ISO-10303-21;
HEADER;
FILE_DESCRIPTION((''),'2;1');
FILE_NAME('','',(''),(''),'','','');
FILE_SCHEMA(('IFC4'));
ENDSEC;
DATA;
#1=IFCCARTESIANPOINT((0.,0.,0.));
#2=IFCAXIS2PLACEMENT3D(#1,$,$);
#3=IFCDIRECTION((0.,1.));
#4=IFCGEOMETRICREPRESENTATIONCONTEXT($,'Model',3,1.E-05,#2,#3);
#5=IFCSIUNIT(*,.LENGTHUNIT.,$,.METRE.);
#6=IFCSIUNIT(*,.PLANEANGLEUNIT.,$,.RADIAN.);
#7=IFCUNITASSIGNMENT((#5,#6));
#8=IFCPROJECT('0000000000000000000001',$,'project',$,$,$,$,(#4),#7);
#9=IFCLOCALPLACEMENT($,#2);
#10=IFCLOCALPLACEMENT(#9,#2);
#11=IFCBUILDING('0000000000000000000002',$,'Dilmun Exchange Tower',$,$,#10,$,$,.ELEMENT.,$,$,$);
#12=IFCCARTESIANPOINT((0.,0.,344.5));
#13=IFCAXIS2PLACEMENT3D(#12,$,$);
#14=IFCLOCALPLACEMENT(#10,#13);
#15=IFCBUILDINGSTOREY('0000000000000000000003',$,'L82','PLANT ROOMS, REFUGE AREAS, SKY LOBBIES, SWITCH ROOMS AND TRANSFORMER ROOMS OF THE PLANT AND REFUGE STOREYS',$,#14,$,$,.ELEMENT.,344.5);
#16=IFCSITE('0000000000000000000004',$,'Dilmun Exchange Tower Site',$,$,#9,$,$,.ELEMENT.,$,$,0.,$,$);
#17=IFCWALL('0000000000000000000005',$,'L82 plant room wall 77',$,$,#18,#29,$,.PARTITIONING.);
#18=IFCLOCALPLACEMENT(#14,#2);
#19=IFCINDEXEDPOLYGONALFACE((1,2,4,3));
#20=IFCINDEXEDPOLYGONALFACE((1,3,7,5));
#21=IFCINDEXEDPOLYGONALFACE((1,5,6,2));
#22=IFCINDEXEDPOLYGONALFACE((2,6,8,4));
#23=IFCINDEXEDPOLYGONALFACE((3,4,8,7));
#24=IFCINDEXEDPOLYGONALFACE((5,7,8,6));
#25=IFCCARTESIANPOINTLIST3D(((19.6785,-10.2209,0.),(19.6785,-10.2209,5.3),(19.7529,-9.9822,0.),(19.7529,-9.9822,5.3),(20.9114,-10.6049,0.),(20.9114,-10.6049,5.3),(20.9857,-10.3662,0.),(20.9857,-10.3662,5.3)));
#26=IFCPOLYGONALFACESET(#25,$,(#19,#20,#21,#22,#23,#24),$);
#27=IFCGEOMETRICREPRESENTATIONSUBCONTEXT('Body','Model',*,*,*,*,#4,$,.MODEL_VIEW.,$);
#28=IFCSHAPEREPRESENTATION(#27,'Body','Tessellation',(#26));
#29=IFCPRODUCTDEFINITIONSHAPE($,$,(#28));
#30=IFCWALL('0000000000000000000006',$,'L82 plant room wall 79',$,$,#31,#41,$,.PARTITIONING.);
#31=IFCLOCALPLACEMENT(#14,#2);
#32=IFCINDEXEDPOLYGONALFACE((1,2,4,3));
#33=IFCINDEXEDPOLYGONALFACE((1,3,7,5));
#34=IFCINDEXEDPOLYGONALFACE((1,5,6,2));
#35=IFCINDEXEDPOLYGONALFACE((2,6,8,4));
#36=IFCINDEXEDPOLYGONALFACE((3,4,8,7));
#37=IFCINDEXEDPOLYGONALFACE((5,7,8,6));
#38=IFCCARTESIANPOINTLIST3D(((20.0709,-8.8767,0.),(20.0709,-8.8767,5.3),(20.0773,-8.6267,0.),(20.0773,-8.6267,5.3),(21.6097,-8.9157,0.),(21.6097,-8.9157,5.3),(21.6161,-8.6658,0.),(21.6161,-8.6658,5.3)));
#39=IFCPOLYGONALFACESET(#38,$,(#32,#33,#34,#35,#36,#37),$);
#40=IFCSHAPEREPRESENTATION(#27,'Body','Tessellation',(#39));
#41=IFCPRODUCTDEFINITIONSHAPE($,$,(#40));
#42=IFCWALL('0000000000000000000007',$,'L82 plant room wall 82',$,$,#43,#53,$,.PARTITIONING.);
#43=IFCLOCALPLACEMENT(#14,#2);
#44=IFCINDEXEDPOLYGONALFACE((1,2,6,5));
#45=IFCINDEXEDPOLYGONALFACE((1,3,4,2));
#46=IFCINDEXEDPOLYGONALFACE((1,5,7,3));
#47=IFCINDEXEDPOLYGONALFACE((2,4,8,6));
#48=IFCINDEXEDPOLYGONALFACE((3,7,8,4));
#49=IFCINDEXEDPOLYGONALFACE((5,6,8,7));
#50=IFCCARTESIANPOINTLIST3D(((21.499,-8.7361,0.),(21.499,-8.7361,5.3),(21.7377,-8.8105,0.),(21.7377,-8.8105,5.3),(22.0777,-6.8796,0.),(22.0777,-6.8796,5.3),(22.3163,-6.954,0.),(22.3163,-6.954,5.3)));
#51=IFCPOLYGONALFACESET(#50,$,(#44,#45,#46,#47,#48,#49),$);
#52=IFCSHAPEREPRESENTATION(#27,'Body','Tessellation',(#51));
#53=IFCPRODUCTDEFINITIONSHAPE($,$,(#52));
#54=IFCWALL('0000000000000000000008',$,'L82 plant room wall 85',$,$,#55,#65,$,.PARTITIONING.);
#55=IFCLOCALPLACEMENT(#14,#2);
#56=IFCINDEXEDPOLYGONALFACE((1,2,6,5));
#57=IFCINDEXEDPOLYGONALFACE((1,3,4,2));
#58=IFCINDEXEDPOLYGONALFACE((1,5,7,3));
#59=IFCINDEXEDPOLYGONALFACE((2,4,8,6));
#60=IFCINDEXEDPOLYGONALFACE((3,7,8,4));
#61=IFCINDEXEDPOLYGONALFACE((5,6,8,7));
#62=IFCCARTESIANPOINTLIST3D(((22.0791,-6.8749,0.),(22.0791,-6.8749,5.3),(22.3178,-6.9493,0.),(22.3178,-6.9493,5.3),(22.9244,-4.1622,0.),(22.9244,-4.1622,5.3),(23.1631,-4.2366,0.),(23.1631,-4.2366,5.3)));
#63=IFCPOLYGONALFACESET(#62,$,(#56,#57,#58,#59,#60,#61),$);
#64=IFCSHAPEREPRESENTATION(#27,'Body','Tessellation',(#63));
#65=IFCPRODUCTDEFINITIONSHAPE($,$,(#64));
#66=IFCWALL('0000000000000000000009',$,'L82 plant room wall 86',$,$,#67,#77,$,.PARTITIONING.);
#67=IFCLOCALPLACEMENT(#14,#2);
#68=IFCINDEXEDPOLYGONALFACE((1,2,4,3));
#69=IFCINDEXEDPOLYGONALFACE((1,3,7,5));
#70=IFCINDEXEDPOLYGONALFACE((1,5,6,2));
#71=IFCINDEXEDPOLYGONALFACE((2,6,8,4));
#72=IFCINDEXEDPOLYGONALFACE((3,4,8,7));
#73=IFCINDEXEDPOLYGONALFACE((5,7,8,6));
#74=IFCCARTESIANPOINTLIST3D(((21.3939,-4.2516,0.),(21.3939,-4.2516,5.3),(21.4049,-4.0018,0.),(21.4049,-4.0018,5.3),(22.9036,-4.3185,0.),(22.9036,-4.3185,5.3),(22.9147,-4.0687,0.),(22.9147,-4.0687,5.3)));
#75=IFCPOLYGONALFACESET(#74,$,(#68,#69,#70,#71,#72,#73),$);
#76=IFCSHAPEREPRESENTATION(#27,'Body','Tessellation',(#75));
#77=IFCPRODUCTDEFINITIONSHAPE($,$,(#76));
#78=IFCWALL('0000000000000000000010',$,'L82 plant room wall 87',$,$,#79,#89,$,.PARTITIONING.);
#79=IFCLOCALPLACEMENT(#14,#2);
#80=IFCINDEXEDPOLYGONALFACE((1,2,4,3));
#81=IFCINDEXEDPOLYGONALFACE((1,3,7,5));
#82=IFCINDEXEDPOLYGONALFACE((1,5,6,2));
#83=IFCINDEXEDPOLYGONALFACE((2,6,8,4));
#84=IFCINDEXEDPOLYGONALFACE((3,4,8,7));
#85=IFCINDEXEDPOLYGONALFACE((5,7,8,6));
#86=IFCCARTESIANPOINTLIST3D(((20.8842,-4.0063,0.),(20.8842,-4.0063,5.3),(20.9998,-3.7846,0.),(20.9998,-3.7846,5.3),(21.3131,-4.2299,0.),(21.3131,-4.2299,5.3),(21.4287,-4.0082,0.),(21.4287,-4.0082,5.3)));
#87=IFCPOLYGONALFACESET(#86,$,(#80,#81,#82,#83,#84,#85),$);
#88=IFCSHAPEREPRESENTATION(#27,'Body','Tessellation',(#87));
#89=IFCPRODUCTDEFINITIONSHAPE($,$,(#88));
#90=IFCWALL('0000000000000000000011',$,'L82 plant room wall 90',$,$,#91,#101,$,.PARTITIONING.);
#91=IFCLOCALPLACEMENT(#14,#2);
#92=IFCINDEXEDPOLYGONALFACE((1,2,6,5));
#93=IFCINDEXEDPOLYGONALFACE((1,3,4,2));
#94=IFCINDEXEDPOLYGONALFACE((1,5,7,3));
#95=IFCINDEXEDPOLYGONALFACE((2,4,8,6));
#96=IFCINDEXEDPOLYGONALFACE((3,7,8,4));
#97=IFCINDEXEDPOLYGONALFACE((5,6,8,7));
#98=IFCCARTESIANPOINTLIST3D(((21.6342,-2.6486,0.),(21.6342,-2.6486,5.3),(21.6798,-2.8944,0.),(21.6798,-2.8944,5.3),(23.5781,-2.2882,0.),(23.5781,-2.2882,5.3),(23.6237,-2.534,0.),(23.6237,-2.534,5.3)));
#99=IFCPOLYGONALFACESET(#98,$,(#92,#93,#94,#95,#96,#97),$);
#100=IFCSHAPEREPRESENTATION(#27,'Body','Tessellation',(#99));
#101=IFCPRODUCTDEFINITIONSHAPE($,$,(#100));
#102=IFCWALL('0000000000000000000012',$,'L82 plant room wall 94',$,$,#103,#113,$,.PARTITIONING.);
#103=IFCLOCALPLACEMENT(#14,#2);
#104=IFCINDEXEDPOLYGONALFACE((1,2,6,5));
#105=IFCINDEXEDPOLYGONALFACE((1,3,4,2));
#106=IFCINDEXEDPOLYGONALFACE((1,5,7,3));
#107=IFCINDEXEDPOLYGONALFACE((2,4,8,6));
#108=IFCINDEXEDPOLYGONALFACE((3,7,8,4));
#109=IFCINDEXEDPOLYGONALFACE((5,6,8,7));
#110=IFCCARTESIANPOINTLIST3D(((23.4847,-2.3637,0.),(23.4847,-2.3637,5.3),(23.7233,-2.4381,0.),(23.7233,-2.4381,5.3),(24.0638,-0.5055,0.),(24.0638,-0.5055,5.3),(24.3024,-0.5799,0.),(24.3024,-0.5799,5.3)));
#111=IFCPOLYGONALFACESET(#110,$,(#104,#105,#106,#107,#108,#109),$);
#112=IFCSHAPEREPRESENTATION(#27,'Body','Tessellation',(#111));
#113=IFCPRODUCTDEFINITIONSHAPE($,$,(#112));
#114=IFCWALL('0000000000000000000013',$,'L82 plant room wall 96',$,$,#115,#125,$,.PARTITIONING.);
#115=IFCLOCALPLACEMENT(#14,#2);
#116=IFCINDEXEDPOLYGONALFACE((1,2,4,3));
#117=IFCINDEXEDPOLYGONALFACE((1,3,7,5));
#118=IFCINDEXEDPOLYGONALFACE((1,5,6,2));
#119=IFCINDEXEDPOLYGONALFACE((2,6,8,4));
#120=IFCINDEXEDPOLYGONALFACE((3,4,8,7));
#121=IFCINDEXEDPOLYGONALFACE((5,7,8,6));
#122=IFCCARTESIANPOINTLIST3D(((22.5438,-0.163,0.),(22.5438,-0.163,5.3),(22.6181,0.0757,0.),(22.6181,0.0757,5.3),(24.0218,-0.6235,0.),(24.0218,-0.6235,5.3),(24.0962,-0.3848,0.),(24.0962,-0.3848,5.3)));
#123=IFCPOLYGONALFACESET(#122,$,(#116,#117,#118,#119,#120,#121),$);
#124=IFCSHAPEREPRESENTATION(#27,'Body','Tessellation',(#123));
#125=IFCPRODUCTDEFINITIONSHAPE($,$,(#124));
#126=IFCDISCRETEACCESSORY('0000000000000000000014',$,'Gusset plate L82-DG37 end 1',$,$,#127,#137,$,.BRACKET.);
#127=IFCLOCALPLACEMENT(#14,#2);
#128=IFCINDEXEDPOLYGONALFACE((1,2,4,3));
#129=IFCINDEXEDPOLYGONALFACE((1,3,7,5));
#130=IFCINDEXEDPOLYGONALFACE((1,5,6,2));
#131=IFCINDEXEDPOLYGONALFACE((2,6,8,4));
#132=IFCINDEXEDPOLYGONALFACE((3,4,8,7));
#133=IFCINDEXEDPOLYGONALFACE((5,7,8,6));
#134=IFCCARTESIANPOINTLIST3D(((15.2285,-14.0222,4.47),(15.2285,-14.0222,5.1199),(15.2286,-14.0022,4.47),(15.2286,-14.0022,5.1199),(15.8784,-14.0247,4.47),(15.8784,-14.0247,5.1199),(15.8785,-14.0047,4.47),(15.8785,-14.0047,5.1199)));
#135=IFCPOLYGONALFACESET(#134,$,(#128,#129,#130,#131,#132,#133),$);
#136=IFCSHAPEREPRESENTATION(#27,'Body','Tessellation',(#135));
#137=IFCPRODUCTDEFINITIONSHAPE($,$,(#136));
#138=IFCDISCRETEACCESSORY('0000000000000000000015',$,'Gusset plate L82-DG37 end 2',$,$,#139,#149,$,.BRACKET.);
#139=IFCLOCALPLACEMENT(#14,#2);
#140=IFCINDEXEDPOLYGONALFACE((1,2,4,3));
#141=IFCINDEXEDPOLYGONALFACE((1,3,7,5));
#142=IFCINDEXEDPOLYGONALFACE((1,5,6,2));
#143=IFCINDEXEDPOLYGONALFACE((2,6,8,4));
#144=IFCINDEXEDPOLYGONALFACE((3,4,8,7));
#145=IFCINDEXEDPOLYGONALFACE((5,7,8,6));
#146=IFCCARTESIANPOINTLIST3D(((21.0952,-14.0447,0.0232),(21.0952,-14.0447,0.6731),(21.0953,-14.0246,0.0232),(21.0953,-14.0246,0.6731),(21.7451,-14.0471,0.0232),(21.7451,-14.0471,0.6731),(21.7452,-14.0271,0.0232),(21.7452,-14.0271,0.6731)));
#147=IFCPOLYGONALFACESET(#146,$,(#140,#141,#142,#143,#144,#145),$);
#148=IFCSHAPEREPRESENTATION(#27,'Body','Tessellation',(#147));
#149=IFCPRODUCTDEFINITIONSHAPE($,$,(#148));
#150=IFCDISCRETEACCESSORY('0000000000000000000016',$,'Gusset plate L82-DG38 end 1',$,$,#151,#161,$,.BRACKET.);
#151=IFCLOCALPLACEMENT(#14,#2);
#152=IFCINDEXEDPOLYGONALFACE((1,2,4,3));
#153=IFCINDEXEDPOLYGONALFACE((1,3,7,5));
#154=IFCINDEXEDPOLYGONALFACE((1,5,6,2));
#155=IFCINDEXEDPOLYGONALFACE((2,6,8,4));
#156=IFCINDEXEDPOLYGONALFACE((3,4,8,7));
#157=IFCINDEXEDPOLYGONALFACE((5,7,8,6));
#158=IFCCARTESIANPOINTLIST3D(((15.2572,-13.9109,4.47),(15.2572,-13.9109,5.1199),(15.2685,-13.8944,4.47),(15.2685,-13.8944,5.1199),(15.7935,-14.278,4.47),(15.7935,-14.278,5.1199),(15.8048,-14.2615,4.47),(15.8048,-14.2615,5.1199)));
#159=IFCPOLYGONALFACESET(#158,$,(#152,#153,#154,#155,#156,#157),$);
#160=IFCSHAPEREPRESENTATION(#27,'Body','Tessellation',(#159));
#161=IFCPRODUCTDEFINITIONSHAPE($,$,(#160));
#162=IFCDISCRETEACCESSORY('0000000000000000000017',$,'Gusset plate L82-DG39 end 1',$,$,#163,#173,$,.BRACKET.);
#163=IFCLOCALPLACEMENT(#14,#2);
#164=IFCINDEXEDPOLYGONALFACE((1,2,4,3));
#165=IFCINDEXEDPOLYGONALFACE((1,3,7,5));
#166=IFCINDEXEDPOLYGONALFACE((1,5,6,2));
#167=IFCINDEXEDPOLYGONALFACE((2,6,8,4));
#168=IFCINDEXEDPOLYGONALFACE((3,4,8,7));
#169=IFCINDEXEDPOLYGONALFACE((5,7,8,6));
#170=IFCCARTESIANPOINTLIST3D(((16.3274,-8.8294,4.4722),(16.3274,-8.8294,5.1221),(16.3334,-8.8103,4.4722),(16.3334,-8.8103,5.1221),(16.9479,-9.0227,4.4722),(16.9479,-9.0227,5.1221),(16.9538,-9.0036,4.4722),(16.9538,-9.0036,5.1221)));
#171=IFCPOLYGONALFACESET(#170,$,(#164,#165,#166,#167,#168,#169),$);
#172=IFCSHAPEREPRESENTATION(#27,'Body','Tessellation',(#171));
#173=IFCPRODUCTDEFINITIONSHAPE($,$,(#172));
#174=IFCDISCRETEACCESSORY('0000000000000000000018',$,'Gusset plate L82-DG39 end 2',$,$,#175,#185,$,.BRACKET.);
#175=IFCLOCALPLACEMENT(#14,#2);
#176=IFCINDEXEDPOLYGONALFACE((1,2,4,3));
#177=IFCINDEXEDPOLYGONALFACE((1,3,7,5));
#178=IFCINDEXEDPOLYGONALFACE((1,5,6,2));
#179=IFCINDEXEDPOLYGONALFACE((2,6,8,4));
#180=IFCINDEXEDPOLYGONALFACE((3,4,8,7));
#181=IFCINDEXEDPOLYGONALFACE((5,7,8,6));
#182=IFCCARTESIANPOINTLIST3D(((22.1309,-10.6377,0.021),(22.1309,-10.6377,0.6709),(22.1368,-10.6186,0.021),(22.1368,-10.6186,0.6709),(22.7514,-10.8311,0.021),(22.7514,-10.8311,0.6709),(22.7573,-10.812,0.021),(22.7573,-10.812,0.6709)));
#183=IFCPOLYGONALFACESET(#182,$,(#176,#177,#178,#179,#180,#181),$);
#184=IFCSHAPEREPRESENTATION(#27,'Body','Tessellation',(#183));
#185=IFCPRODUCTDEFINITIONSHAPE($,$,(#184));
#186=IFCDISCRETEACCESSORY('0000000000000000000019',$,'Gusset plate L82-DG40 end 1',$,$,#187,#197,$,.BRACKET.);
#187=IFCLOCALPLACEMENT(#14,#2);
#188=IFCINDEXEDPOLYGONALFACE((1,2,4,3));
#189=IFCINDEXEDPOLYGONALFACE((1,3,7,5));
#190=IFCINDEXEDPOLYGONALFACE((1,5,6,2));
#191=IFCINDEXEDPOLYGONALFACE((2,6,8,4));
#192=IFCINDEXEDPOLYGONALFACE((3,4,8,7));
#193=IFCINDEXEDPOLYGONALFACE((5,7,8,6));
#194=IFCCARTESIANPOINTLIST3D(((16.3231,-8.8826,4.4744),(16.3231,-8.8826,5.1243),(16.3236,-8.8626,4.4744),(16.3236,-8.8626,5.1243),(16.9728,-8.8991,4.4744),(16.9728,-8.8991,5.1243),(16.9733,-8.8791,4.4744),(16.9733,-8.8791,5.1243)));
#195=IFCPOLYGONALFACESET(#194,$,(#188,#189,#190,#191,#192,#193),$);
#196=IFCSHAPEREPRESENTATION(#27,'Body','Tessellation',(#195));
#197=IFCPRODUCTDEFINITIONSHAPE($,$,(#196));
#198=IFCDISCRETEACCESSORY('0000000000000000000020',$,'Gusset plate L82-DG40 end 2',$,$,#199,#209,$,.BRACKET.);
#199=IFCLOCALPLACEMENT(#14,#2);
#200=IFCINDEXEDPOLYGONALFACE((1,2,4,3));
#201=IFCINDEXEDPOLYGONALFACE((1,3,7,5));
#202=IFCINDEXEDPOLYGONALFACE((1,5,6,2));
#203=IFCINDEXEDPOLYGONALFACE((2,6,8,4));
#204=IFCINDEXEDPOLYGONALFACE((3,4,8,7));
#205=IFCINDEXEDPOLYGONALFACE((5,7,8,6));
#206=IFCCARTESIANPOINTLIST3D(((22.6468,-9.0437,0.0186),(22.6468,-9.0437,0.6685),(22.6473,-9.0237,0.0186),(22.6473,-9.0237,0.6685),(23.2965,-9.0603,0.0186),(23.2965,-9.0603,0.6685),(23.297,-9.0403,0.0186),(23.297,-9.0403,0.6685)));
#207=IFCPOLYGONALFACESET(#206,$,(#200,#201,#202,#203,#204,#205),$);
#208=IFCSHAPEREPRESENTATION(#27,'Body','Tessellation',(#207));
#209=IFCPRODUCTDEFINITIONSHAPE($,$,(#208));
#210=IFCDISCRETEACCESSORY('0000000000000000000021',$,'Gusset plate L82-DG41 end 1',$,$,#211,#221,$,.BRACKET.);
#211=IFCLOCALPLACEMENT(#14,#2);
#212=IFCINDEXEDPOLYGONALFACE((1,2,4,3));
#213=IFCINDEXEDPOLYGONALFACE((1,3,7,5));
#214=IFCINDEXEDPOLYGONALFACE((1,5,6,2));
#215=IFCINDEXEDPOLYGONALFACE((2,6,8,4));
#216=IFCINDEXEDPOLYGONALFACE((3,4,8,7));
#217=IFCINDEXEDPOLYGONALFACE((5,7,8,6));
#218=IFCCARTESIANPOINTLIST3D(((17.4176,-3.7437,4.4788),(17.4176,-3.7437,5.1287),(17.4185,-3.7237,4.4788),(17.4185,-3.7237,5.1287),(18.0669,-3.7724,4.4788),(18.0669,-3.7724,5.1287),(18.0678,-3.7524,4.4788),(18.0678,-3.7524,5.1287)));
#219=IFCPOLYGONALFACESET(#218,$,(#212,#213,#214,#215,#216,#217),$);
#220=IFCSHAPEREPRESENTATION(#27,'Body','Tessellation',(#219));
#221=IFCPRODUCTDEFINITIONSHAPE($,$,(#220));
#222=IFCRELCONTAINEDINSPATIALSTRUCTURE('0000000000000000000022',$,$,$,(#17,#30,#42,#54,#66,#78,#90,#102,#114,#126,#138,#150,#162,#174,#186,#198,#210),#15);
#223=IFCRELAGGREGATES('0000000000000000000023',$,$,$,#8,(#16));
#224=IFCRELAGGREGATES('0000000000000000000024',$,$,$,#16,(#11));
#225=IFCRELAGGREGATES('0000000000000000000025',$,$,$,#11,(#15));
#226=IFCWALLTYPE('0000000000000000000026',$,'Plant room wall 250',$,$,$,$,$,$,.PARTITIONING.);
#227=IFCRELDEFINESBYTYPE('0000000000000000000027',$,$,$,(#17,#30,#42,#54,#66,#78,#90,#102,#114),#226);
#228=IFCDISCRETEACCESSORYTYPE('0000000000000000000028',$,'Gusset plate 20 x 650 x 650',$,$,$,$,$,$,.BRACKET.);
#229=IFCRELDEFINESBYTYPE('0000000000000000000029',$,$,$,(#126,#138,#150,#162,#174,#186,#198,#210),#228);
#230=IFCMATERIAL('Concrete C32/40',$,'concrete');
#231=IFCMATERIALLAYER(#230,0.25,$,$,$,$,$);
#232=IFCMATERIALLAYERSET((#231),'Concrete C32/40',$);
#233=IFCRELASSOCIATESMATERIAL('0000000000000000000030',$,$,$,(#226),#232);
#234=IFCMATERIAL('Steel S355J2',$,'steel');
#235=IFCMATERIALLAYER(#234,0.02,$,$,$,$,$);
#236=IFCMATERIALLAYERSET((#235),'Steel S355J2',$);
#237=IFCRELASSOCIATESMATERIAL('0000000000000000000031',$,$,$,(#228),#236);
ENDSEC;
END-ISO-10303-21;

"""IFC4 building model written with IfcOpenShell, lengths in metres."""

from ifc_helpers import new_model, si_unit, direction, frame, frame_2d, origin, origin_2d, place, context, subcontext, project, spatial, rectangle, extrude, material, layer, layer_set, type_object, element, save


model = new_model("IFC4")

# Units and contexts
model_context = context("Model", 3, precision=1e-05, world=origin(), true_north=direction((0.0, 1.0)))
body_context = subcontext(model_context, "Body", "Model", "MODEL_VIEW")
ifc_project = project(units=[si_unit("LENGTHUNIT", "METRE"), si_unit("PLANEANGLEUNIT", "RADIAN")], contexts=[model_context])

# Site, building, storey
site_placement = place(None, origin())
site = spatial("IfcSite", under=ifc_project, at=site_placement, Name="Dilmun Exchange Tower Site", CompositionType="ELEMENT", RefElevation=0.0)
building_placement = place(site_placement, origin())
building = spatial("IfcBuilding", under=site, at=building_placement, Name="Dilmun Exchange Tower", CompositionType="ELEMENT")
storey_placement = place(building_placement, frame((0.0, 0.0, 344.5)))
storey = spatial("IfcBuildingStorey", under=building, at=storey_placement, Name="L82", Description="PLANT ROOMS, REFUGE AREAS, SKY LOBBIES, SWITCH ROOMS AND TRANSFORMER ROOMS OF THE PLANT AND REFUGE STOREYS", CompositionType="ELEMENT", Elevation=344.5)

# Walls
ifc_material_1 = material(Name="Concrete C32/40", Category="concrete")
ifc_layer_1 = layer(ifc_material_1, 0.25)
ifc_layer_set_1 = layer_set([ifc_layer_1], Name="Concrete C32/40")
wall_type = type_object("IfcWallType", Name="Plant room wall 250", PredefinedType="PARTITIONING", material=ifc_layer_set_1)
wall_1_placement = place(storey_placement, frame((19.7158, -10.1016, 0.0), z_axis=(0.0, 0.0, 1.0), x_axis=(0.954755, -0.297392, 0.0)))
element("IfcWall", 1, at=wall_1_placement, inside=storey, type_object=wall_type, Name="L82 plant room wall 77", PredefinedType="PARTITIONING", context=body_context, shape_type="SweptSolid", body=[
    extrude(rectangle(XDim=1.2913, YDim=0.25, at=frame_2d((0.6455, 0.0))), origin(), (0.0, 0.0, 1.0), 5.3),
])
wall_2_placement = place(storey_placement, frame((20.0742, -8.7517, 0.0), z_axis=(0.0, 0.0, 1.0), x_axis=(0.999678, -0.025377, 0.0)))
element("IfcWall", 2, at=wall_2_placement, inside=storey, type_object=wall_type, Name="L82 plant room wall 79", PredefinedType="PARTITIONING", context=body_context, shape_type="SweptSolid", body=[
    extrude(rectangle(XDim=1.5393, YDim=0.25, at=frame_2d((0.7695, 0.0))), origin(), (0.0, 0.0, 1.0), 5.3),
])
wall_3_placement = place(storey_placement, frame((21.6184, -8.7732, 0.0), z_axis=(0.0, 0.0, 1.0), x_axis=(0.29756, 0.954703, 0.0)))
element("IfcWall", 3, at=wall_3_placement, inside=storey, type_object=wall_type, Name="L82 plant room wall 82", PredefinedType="PARTITIONING", context=body_context, shape_type="SweptSolid", body=[
    extrude(rectangle(XDim=1.9446, YDim=0.25, at=frame_2d((0.9722, 0.0))), origin(), (0.0, 0.0, 1.0), 5.3),
])
wall_4_placement = place(storey_placement, frame((22.1985, -6.9121, 0.0), z_axis=(0.0, 0.0, 1.0), x_axis=(0.297477, 0.954729, 0.0)))
element("IfcWall", 4, at=wall_4_placement, inside=storey, type_object=wall_type, Name="L82 plant room wall 85", PredefinedType="PARTITIONING", context=body_context, shape_type="SweptSolid", body=[
    extrude(rectangle(XDim=2.8413, YDim=0.25, at=frame_2d((1.4207, 0.0))), origin(), (0.0, 0.0, 1.0), 5.3),
])
wall_5_placement = place(storey_placement, frame((21.3994, -4.1267, 0.0), z_axis=(0.0, 0.0, 1.0), x_axis=(0.99902, -0.044264, 0.0)))
element("IfcWall", 5, at=wall_5_placement, inside=storey, type_object=wall_type, Name="L82 plant room wall 86", PredefinedType="PARTITIONING", context=body_context, shape_type="SweptSolid", body=[
    extrude(rectangle(XDim=1.5112, YDim=0.25, at=frame_2d((0.7556, 0.0))), origin(), (0.0, 0.0, 1.0), 5.3),
])
wall_6_placement = place(storey_placement, frame((20.9421, -3.8955, 0.0), z_axis=(0.0, 0.0, 1.0), x_axis=(0.886729, -0.46229, 0.0)))
element("IfcWall", 6, at=wall_6_placement, inside=storey, type_object=wall_type, Name="L82 plant room wall 87", PredefinedType="PARTITIONING", context=body_context, shape_type="SweptSolid", body=[
    extrude(rectangle(XDim=0.4836, YDim=0.25, at=frame_2d((0.2417, 0.0))), origin(), (0.0, 0.0, 1.0), 5.3),
])
wall_7_placement = place(storey_placement, frame((21.657, -2.7715, 0.0), z_axis=(0.0, 0.0, 1.0), x_axis=(0.983248, 0.182275, 0.0)))
element("IfcWall", 7, at=wall_7_placement, inside=storey, type_object=wall_type, Name="L82 plant room wall 90", PredefinedType="PARTITIONING", context=body_context, shape_type="SweptSolid", body=[
    extrude(rectangle(XDim=1.9771, YDim=0.25, at=frame_2d((0.9885, 0.0))), origin(), (0.0, 0.0, 1.0), 5.3),
])
wall_8_placement = place(storey_placement, frame((23.604, -2.4009, 0.0), z_axis=(0.0, 0.0, 1.0), x_axis=(0.297539, 0.95471, 0.0)))
element("IfcWall", 8, at=wall_8_placement, inside=storey, type_object=wall_type, Name="L82 plant room wall 94", PredefinedType="PARTITIONING", context=body_context, shape_type="SweptSolid", body=[
    extrude(rectangle(XDim=1.9463, YDim=0.25, at=frame_2d((0.9731, 0.0))), origin(), (0.0, 0.0, 1.0), 5.3),
])
wall_9_placement = place(storey_placement, frame((22.5811, -0.0437, 0.0), z_axis=(0.0, 0.0, 1.0), x_axis=(0.954743, -0.297431, 0.0)))
element("IfcWall", 9, at=wall_9_placement, inside=storey, type_object=wall_type, Name="L82 plant room wall 96", PredefinedType="PARTITIONING", context=body_context, shape_type="SweptSolid", body=[
    extrude(rectangle(XDim=1.5481, YDim=0.25, at=frame_2d((0.7739, 0.0))), origin(), (0.0, 0.0, 1.0), 5.3),
])

# Discrete accessories
ifc_material_2 = material(Name="Steel S355J2", Category="steel")
ifc_layer_2 = layer(ifc_material_2, 0.02)
ifc_layer_set_2 = layer_set([ifc_layer_2], Name="Steel S355J2")
discrete_accessory_type = type_object("IfcDiscreteAccessoryType", Name="Gusset plate 20 x 650 x 650", PredefinedType="BRACKET", material=ifc_layer_set_2)
for number, where, z_axis, x_axis, name in (
    (10, (15.5535, -14.0134, 4.47), (0.0, 0.0, 1.0), (0.999993, -0.003803, 0.0), "Gusset plate L82-DG37 end 1"),
    (11, (21.4202, -14.0359, 0.0232), (0.0, 0.0, 1.0), (0.999993, -0.003803, 0.0), "Gusset plate L82-DG37 end 2"),
    (12, (15.531, -14.0862, 4.47), (0.0, 0.0, 1.0), (0.825161, -0.564898, 0.0), "Gusset plate L82-DG38 end 1"),
    (13, (16.6406, -8.9165, 4.4722), (0.0, 0.0, 1.0), (0.954727, -0.297483, 0.0), "Gusset plate L82-DG39 end 1"),
    (14, (22.4441, -10.7249, 0.021), (0.0, 0.0, 1.0), (0.954727, -0.297483, 0.0), "Gusset plate L82-DG39 end 2"),
    (15, (16.6482, -8.8809, 4.4744), (0.0, 0.0, 1.0), (0.999676, -0.025458, 0.0), "Gusset plate L82-DG40 end 1"),
    (16, (22.9719, -9.042, 0.0186), (0.0, 0.0, 1.0), (0.999676, -0.025458, 0.0), "Gusset plate L82-DG40 end 2"),
    (17, (17.7427, -3.748, 4.4788), (0.0, 0.0, 1.0), (0.99902, -0.044251, 0.0), "Gusset plate L82-DG41 end 1"),
):
    element("IfcDiscreteAccessory", number, at=place(storey_placement, frame(where, z_axis=z_axis, x_axis=x_axis)), inside=storey, type_object=discrete_accessory_type, Name=name, PredefinedType="BRACKET", context=body_context, shape_type="SweptSolid", body=[
        extrude(rectangle(XDim=0.6499, YDim=0.02, at=origin_2d()), origin(), (0.0, 0.0, 1.0), 0.6499),
    ])

save(model, "model.ifc")
